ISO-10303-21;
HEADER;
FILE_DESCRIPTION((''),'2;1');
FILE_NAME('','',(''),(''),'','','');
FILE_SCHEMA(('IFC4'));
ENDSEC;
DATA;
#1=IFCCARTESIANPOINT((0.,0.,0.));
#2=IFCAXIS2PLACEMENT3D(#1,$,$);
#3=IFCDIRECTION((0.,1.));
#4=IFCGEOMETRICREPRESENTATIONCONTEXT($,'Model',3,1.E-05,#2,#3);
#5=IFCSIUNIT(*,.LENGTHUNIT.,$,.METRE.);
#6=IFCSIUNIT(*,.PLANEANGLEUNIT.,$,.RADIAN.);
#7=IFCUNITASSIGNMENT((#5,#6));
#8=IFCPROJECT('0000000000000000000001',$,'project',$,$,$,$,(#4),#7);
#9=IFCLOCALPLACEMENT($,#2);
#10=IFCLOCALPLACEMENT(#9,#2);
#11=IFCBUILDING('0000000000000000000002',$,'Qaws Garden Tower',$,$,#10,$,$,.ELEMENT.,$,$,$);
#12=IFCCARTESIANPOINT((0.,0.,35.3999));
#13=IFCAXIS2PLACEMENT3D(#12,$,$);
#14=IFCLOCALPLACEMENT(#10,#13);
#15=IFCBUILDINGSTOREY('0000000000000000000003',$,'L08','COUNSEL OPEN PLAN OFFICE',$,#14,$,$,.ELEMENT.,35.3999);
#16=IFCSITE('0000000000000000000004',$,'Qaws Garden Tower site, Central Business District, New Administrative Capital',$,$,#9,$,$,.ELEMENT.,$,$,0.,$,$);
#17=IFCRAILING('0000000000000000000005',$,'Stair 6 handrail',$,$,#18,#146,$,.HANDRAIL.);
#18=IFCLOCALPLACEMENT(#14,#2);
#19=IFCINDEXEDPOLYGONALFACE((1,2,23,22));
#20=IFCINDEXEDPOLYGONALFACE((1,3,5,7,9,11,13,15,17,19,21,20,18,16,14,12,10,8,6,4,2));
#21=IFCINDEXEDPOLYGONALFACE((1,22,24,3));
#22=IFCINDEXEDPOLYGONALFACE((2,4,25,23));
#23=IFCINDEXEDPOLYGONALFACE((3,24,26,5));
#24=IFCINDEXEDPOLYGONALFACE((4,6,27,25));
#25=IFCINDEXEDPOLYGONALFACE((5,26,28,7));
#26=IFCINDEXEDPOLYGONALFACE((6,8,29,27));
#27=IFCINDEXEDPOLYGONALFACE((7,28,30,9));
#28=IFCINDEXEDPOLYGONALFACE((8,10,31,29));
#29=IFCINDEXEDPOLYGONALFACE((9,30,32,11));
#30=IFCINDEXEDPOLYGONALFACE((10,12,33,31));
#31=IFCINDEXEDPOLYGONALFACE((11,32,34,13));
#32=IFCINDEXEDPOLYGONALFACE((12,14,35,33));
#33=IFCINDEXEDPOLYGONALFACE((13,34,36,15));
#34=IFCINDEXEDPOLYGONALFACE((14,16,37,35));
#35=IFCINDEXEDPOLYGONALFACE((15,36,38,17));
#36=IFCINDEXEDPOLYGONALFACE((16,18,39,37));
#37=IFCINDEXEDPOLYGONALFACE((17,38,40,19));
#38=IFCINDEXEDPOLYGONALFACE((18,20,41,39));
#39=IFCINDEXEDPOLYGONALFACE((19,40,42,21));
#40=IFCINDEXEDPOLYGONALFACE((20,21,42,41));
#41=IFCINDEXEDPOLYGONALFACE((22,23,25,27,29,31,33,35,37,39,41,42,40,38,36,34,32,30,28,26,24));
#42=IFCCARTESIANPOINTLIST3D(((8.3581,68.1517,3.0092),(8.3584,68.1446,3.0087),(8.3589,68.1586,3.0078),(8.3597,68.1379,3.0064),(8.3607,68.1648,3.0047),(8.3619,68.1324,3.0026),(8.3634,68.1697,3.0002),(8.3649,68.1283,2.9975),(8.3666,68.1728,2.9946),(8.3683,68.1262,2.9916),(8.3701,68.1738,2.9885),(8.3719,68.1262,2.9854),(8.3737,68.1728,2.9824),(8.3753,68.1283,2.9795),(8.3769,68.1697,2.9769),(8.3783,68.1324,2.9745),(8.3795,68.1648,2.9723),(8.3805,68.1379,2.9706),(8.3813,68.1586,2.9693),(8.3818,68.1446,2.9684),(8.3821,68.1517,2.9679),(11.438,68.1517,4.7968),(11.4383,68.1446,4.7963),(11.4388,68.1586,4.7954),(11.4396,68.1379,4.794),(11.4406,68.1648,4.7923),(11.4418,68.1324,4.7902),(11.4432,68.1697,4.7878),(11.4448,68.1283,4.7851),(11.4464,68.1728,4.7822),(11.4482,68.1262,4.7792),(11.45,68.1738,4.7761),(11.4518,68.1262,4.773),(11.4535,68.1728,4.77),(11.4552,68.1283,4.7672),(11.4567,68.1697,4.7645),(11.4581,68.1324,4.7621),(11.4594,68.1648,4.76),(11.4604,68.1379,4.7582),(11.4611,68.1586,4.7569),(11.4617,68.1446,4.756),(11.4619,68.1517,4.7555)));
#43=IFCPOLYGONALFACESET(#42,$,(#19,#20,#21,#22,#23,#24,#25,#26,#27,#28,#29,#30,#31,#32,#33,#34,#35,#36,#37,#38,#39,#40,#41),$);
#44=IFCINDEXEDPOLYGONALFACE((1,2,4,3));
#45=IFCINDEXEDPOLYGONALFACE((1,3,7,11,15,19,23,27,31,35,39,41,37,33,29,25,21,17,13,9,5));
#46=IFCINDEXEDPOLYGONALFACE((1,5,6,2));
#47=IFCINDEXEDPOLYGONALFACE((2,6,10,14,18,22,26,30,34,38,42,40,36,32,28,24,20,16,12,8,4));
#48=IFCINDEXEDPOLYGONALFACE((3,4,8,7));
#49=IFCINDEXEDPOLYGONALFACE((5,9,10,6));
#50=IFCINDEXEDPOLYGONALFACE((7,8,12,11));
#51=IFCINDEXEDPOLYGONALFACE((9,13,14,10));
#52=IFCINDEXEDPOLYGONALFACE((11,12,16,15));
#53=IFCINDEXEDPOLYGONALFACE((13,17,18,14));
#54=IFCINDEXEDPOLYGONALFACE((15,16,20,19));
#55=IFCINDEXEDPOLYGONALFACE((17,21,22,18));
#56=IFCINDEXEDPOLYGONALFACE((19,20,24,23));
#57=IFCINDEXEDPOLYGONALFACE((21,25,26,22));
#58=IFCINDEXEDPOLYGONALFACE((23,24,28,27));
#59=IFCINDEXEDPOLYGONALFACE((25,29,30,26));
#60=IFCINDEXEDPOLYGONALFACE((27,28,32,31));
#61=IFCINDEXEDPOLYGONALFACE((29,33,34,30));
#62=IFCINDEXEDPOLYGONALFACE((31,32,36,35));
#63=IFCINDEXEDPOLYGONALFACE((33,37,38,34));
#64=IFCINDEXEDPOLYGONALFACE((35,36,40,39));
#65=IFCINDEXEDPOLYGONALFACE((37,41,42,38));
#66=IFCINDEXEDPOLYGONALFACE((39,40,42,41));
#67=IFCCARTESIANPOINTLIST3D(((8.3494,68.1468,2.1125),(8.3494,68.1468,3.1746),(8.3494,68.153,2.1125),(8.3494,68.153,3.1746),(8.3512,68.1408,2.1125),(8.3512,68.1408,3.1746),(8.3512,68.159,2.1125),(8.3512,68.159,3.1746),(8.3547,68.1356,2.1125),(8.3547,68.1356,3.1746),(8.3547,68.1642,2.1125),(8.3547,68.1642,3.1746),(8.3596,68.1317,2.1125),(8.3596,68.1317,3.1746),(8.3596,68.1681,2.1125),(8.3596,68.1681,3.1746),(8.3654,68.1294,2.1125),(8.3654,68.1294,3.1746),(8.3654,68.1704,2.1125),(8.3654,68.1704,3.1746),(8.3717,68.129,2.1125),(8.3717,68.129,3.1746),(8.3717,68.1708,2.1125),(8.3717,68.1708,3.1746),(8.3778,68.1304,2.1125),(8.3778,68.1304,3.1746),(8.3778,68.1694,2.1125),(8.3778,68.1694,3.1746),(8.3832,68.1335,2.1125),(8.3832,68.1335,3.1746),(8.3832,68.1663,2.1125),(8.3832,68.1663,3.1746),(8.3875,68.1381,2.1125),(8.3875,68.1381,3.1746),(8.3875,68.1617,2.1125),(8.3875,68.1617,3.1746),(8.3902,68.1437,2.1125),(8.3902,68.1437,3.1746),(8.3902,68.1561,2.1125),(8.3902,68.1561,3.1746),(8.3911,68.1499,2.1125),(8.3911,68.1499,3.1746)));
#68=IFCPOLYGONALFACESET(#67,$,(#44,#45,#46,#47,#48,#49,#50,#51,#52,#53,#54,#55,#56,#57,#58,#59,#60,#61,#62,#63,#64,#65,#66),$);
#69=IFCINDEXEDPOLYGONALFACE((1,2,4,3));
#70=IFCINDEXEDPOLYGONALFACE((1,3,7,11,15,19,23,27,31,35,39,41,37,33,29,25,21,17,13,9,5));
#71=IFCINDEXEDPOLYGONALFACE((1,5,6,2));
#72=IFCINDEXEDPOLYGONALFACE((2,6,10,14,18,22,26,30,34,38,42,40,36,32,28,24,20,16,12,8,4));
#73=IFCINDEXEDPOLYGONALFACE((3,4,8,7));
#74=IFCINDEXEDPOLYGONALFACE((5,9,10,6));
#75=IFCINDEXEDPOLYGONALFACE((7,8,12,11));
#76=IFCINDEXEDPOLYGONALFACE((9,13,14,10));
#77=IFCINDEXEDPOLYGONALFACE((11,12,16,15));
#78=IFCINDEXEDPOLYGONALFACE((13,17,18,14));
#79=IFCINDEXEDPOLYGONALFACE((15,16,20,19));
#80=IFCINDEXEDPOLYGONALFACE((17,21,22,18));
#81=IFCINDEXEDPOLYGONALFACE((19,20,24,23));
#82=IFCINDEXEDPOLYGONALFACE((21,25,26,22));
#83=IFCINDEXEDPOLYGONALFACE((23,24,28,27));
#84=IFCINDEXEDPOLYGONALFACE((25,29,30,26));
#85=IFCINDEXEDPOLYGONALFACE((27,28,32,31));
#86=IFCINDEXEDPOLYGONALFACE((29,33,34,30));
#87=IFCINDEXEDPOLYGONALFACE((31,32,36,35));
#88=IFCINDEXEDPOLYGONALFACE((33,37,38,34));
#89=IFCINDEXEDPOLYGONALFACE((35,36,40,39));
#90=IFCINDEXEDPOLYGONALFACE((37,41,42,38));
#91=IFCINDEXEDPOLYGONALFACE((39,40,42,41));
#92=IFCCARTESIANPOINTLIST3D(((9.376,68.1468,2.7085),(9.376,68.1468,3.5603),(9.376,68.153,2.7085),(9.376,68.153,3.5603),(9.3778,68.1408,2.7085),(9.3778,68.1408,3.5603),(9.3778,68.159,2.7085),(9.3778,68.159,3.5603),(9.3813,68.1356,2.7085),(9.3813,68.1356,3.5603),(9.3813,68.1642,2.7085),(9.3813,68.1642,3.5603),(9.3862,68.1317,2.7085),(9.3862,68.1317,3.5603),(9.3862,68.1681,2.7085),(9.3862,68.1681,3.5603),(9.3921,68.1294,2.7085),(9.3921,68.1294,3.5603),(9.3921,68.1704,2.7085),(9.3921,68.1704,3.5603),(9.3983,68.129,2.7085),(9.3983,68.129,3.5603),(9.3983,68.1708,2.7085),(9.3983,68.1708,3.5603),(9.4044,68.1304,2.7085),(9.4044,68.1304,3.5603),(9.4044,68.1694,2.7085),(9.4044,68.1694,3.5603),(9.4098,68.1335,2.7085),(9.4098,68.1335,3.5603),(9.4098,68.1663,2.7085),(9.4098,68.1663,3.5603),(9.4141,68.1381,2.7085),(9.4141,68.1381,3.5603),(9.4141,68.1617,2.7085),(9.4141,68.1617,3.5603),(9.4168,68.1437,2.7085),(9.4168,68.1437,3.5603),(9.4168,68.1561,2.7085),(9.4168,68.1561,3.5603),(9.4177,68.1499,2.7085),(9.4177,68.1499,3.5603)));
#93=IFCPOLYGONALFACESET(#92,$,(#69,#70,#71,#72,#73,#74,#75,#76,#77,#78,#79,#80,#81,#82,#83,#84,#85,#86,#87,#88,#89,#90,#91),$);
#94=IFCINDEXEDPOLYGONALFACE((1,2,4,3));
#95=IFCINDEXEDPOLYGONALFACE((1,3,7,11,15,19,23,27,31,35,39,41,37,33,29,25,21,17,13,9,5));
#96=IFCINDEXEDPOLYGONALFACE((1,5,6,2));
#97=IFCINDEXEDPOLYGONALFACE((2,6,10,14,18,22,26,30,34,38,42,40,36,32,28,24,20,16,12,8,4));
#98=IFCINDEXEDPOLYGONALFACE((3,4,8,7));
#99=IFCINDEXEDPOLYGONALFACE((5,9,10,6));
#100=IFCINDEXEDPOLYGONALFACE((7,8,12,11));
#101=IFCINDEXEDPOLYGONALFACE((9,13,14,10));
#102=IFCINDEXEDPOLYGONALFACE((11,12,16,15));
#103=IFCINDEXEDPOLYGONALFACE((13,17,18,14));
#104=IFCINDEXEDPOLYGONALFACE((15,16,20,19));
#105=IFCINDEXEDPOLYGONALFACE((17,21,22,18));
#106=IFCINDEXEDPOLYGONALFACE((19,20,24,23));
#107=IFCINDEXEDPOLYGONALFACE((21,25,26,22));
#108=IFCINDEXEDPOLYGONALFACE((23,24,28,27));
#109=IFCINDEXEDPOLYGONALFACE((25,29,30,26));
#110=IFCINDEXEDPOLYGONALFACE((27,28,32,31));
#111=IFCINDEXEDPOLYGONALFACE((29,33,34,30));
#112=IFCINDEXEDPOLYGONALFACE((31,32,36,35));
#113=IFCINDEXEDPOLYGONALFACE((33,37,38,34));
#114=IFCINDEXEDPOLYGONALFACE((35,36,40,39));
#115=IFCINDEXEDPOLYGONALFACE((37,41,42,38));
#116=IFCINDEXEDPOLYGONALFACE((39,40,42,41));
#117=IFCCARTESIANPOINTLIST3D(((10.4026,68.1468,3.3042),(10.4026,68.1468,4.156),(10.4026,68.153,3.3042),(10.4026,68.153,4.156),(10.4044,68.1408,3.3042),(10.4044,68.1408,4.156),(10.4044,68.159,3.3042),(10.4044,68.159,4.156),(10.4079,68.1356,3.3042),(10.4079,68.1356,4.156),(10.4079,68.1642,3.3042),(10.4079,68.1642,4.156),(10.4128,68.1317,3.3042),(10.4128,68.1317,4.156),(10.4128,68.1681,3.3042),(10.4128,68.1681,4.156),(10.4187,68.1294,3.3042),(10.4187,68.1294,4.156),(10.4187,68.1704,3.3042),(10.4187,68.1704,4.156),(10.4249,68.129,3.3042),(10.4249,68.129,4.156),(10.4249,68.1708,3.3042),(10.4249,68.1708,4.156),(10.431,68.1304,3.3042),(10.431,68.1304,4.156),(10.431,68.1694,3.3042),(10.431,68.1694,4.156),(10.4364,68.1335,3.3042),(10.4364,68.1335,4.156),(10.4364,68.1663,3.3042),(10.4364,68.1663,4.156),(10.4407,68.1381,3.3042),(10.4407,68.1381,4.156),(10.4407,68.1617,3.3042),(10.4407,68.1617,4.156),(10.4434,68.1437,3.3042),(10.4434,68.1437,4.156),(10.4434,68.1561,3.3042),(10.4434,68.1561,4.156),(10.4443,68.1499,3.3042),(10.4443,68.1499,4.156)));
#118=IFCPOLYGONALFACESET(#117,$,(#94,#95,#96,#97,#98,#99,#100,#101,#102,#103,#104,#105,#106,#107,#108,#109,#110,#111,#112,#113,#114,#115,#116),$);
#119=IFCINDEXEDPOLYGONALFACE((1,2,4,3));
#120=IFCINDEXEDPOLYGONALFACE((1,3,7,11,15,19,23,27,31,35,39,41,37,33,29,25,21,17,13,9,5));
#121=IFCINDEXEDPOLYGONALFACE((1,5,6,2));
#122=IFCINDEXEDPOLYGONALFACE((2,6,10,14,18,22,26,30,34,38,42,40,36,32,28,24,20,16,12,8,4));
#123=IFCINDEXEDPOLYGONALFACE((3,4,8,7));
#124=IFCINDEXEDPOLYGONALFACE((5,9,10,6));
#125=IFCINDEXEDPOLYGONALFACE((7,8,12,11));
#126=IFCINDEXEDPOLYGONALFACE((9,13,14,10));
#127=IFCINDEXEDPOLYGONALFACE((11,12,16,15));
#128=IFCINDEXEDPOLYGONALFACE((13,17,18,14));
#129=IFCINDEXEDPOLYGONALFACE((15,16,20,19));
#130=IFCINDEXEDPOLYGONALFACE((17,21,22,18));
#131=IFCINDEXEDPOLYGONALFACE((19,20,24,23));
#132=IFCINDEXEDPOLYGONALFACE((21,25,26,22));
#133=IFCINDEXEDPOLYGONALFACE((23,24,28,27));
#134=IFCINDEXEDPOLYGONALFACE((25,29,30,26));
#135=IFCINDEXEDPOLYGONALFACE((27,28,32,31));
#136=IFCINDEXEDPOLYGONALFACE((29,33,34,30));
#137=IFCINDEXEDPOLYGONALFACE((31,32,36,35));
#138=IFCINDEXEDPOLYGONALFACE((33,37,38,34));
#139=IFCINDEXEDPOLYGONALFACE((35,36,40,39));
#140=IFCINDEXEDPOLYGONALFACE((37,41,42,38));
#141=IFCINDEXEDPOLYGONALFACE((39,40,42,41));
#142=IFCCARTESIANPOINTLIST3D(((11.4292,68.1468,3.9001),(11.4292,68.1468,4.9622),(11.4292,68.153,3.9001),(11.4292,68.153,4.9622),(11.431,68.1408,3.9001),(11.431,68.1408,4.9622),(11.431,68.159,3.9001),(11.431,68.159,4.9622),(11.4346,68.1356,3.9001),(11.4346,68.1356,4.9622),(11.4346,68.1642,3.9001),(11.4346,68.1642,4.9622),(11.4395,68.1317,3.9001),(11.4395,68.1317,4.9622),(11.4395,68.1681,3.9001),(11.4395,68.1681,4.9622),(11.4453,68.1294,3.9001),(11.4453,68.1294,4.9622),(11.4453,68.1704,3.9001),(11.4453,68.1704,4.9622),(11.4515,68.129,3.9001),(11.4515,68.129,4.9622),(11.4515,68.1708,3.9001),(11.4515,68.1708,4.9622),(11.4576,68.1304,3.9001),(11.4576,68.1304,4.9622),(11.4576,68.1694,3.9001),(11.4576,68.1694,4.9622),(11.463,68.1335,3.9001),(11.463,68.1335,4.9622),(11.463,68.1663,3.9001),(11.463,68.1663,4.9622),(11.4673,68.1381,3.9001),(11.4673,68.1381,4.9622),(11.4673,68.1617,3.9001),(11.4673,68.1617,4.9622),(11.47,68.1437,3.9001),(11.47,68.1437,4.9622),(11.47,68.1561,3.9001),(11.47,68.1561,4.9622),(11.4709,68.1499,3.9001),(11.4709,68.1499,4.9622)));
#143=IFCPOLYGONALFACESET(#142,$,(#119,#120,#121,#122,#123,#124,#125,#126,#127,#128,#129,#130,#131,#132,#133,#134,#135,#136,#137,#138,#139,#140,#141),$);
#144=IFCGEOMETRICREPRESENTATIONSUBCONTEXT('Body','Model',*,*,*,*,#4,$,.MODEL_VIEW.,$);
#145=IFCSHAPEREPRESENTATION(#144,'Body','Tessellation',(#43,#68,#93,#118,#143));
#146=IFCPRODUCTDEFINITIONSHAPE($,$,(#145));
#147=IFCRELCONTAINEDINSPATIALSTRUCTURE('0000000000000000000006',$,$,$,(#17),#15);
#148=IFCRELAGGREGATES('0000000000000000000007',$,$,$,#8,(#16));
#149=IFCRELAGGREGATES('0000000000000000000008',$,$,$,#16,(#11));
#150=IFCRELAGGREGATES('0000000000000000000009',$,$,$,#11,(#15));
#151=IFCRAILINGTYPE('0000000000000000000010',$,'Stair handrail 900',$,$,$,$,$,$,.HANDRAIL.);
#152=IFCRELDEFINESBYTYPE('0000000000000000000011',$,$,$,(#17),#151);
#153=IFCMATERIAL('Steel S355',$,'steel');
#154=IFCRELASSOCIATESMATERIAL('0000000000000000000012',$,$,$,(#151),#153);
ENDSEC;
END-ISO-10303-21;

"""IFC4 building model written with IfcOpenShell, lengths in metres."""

from ifc_helpers import new_model, si_unit, direction, frame, origin, origin_2d, place, context, subcontext, project, spatial, circle, extrude, material, type_object, element, save


model = new_model("IFC4")

# Units and contexts
model_context = context("Model", 3, precision=1e-05, world=origin(), true_north=direction((0.0, 1.0)))
body_context = subcontext(model_context, "Body", "Model", "MODEL_VIEW")
ifc_project = project(units=[si_unit("LENGTHUNIT", "METRE"), si_unit("PLANEANGLEUNIT", "RADIAN")], contexts=[model_context])

# Site, building, storey
site_placement = place(None, origin())
site = spatial("IfcSite", under=ifc_project, at=site_placement, Name="Qaws Garden Tower site, Central Business District, New Administrative Capital", CompositionType="ELEMENT", RefElevation=0.0)
building_placement = place(site_placement, origin())
building = spatial("IfcBuilding", under=site, at=building_placement, Name="Qaws Garden Tower", CompositionType="ELEMENT")
storey_placement = place(building_placement, frame((0.0, 0.0, 35.3999)))
storey = spatial("IfcBuildingStorey", under=building, at=storey_placement, Name="L08", Description="COUNSEL OPEN PLAN OFFICE", CompositionType="ELEMENT", Elevation=35.3999)

# Railing
ifc_material_1 = material(Name="Steel S355", Category="steel")
railing_type = type_object("IfcRailingType", Name="Stair handrail 900", PredefinedType="HANDRAIL", material=ifc_material_1)
railing_1_placement = place(storey_placement, frame((8.3701, 68.1499, 2.1125)))
element("IfcRailing", 1, at=railing_1_placement, inside=storey, type_object=railing_type, Name="Stair 6 handrail", PredefinedType="HANDRAIL", context=body_context, shape_type="SweptSolid", body=[
    extrude(circle(Radius=0.0239, at=origin_2d()), frame((0.0, 0.0, 0.876), z_axis=(0.864873, 0.0, 0.50199), x_axis=(0.0, 1.0, 0.0)), (0.0, 0.0, 1.0), 3.561),
    extrude(circle(Radius=0.021, at=origin_2d()), origin(), (0.0, 0.0, 1.0), 1.062),
    extrude(circle(Radius=0.021, at=origin_2d()), frame((1.0266, 0.0, 0.5959)), (0.0, 0.0, 1.0), 0.8518),
    extrude(circle(Radius=0.021, at=origin_2d()), frame((2.0532, 0.0, 1.1917)), (0.0, 0.0, 1.0), 0.8518),
    extrude(circle(Radius=0.021, at=origin_2d()), frame((3.0798, 0.0, 1.7876)), (0.0, 0.0, 1.0), 1.062),
])

save(model, "model.ifc")
